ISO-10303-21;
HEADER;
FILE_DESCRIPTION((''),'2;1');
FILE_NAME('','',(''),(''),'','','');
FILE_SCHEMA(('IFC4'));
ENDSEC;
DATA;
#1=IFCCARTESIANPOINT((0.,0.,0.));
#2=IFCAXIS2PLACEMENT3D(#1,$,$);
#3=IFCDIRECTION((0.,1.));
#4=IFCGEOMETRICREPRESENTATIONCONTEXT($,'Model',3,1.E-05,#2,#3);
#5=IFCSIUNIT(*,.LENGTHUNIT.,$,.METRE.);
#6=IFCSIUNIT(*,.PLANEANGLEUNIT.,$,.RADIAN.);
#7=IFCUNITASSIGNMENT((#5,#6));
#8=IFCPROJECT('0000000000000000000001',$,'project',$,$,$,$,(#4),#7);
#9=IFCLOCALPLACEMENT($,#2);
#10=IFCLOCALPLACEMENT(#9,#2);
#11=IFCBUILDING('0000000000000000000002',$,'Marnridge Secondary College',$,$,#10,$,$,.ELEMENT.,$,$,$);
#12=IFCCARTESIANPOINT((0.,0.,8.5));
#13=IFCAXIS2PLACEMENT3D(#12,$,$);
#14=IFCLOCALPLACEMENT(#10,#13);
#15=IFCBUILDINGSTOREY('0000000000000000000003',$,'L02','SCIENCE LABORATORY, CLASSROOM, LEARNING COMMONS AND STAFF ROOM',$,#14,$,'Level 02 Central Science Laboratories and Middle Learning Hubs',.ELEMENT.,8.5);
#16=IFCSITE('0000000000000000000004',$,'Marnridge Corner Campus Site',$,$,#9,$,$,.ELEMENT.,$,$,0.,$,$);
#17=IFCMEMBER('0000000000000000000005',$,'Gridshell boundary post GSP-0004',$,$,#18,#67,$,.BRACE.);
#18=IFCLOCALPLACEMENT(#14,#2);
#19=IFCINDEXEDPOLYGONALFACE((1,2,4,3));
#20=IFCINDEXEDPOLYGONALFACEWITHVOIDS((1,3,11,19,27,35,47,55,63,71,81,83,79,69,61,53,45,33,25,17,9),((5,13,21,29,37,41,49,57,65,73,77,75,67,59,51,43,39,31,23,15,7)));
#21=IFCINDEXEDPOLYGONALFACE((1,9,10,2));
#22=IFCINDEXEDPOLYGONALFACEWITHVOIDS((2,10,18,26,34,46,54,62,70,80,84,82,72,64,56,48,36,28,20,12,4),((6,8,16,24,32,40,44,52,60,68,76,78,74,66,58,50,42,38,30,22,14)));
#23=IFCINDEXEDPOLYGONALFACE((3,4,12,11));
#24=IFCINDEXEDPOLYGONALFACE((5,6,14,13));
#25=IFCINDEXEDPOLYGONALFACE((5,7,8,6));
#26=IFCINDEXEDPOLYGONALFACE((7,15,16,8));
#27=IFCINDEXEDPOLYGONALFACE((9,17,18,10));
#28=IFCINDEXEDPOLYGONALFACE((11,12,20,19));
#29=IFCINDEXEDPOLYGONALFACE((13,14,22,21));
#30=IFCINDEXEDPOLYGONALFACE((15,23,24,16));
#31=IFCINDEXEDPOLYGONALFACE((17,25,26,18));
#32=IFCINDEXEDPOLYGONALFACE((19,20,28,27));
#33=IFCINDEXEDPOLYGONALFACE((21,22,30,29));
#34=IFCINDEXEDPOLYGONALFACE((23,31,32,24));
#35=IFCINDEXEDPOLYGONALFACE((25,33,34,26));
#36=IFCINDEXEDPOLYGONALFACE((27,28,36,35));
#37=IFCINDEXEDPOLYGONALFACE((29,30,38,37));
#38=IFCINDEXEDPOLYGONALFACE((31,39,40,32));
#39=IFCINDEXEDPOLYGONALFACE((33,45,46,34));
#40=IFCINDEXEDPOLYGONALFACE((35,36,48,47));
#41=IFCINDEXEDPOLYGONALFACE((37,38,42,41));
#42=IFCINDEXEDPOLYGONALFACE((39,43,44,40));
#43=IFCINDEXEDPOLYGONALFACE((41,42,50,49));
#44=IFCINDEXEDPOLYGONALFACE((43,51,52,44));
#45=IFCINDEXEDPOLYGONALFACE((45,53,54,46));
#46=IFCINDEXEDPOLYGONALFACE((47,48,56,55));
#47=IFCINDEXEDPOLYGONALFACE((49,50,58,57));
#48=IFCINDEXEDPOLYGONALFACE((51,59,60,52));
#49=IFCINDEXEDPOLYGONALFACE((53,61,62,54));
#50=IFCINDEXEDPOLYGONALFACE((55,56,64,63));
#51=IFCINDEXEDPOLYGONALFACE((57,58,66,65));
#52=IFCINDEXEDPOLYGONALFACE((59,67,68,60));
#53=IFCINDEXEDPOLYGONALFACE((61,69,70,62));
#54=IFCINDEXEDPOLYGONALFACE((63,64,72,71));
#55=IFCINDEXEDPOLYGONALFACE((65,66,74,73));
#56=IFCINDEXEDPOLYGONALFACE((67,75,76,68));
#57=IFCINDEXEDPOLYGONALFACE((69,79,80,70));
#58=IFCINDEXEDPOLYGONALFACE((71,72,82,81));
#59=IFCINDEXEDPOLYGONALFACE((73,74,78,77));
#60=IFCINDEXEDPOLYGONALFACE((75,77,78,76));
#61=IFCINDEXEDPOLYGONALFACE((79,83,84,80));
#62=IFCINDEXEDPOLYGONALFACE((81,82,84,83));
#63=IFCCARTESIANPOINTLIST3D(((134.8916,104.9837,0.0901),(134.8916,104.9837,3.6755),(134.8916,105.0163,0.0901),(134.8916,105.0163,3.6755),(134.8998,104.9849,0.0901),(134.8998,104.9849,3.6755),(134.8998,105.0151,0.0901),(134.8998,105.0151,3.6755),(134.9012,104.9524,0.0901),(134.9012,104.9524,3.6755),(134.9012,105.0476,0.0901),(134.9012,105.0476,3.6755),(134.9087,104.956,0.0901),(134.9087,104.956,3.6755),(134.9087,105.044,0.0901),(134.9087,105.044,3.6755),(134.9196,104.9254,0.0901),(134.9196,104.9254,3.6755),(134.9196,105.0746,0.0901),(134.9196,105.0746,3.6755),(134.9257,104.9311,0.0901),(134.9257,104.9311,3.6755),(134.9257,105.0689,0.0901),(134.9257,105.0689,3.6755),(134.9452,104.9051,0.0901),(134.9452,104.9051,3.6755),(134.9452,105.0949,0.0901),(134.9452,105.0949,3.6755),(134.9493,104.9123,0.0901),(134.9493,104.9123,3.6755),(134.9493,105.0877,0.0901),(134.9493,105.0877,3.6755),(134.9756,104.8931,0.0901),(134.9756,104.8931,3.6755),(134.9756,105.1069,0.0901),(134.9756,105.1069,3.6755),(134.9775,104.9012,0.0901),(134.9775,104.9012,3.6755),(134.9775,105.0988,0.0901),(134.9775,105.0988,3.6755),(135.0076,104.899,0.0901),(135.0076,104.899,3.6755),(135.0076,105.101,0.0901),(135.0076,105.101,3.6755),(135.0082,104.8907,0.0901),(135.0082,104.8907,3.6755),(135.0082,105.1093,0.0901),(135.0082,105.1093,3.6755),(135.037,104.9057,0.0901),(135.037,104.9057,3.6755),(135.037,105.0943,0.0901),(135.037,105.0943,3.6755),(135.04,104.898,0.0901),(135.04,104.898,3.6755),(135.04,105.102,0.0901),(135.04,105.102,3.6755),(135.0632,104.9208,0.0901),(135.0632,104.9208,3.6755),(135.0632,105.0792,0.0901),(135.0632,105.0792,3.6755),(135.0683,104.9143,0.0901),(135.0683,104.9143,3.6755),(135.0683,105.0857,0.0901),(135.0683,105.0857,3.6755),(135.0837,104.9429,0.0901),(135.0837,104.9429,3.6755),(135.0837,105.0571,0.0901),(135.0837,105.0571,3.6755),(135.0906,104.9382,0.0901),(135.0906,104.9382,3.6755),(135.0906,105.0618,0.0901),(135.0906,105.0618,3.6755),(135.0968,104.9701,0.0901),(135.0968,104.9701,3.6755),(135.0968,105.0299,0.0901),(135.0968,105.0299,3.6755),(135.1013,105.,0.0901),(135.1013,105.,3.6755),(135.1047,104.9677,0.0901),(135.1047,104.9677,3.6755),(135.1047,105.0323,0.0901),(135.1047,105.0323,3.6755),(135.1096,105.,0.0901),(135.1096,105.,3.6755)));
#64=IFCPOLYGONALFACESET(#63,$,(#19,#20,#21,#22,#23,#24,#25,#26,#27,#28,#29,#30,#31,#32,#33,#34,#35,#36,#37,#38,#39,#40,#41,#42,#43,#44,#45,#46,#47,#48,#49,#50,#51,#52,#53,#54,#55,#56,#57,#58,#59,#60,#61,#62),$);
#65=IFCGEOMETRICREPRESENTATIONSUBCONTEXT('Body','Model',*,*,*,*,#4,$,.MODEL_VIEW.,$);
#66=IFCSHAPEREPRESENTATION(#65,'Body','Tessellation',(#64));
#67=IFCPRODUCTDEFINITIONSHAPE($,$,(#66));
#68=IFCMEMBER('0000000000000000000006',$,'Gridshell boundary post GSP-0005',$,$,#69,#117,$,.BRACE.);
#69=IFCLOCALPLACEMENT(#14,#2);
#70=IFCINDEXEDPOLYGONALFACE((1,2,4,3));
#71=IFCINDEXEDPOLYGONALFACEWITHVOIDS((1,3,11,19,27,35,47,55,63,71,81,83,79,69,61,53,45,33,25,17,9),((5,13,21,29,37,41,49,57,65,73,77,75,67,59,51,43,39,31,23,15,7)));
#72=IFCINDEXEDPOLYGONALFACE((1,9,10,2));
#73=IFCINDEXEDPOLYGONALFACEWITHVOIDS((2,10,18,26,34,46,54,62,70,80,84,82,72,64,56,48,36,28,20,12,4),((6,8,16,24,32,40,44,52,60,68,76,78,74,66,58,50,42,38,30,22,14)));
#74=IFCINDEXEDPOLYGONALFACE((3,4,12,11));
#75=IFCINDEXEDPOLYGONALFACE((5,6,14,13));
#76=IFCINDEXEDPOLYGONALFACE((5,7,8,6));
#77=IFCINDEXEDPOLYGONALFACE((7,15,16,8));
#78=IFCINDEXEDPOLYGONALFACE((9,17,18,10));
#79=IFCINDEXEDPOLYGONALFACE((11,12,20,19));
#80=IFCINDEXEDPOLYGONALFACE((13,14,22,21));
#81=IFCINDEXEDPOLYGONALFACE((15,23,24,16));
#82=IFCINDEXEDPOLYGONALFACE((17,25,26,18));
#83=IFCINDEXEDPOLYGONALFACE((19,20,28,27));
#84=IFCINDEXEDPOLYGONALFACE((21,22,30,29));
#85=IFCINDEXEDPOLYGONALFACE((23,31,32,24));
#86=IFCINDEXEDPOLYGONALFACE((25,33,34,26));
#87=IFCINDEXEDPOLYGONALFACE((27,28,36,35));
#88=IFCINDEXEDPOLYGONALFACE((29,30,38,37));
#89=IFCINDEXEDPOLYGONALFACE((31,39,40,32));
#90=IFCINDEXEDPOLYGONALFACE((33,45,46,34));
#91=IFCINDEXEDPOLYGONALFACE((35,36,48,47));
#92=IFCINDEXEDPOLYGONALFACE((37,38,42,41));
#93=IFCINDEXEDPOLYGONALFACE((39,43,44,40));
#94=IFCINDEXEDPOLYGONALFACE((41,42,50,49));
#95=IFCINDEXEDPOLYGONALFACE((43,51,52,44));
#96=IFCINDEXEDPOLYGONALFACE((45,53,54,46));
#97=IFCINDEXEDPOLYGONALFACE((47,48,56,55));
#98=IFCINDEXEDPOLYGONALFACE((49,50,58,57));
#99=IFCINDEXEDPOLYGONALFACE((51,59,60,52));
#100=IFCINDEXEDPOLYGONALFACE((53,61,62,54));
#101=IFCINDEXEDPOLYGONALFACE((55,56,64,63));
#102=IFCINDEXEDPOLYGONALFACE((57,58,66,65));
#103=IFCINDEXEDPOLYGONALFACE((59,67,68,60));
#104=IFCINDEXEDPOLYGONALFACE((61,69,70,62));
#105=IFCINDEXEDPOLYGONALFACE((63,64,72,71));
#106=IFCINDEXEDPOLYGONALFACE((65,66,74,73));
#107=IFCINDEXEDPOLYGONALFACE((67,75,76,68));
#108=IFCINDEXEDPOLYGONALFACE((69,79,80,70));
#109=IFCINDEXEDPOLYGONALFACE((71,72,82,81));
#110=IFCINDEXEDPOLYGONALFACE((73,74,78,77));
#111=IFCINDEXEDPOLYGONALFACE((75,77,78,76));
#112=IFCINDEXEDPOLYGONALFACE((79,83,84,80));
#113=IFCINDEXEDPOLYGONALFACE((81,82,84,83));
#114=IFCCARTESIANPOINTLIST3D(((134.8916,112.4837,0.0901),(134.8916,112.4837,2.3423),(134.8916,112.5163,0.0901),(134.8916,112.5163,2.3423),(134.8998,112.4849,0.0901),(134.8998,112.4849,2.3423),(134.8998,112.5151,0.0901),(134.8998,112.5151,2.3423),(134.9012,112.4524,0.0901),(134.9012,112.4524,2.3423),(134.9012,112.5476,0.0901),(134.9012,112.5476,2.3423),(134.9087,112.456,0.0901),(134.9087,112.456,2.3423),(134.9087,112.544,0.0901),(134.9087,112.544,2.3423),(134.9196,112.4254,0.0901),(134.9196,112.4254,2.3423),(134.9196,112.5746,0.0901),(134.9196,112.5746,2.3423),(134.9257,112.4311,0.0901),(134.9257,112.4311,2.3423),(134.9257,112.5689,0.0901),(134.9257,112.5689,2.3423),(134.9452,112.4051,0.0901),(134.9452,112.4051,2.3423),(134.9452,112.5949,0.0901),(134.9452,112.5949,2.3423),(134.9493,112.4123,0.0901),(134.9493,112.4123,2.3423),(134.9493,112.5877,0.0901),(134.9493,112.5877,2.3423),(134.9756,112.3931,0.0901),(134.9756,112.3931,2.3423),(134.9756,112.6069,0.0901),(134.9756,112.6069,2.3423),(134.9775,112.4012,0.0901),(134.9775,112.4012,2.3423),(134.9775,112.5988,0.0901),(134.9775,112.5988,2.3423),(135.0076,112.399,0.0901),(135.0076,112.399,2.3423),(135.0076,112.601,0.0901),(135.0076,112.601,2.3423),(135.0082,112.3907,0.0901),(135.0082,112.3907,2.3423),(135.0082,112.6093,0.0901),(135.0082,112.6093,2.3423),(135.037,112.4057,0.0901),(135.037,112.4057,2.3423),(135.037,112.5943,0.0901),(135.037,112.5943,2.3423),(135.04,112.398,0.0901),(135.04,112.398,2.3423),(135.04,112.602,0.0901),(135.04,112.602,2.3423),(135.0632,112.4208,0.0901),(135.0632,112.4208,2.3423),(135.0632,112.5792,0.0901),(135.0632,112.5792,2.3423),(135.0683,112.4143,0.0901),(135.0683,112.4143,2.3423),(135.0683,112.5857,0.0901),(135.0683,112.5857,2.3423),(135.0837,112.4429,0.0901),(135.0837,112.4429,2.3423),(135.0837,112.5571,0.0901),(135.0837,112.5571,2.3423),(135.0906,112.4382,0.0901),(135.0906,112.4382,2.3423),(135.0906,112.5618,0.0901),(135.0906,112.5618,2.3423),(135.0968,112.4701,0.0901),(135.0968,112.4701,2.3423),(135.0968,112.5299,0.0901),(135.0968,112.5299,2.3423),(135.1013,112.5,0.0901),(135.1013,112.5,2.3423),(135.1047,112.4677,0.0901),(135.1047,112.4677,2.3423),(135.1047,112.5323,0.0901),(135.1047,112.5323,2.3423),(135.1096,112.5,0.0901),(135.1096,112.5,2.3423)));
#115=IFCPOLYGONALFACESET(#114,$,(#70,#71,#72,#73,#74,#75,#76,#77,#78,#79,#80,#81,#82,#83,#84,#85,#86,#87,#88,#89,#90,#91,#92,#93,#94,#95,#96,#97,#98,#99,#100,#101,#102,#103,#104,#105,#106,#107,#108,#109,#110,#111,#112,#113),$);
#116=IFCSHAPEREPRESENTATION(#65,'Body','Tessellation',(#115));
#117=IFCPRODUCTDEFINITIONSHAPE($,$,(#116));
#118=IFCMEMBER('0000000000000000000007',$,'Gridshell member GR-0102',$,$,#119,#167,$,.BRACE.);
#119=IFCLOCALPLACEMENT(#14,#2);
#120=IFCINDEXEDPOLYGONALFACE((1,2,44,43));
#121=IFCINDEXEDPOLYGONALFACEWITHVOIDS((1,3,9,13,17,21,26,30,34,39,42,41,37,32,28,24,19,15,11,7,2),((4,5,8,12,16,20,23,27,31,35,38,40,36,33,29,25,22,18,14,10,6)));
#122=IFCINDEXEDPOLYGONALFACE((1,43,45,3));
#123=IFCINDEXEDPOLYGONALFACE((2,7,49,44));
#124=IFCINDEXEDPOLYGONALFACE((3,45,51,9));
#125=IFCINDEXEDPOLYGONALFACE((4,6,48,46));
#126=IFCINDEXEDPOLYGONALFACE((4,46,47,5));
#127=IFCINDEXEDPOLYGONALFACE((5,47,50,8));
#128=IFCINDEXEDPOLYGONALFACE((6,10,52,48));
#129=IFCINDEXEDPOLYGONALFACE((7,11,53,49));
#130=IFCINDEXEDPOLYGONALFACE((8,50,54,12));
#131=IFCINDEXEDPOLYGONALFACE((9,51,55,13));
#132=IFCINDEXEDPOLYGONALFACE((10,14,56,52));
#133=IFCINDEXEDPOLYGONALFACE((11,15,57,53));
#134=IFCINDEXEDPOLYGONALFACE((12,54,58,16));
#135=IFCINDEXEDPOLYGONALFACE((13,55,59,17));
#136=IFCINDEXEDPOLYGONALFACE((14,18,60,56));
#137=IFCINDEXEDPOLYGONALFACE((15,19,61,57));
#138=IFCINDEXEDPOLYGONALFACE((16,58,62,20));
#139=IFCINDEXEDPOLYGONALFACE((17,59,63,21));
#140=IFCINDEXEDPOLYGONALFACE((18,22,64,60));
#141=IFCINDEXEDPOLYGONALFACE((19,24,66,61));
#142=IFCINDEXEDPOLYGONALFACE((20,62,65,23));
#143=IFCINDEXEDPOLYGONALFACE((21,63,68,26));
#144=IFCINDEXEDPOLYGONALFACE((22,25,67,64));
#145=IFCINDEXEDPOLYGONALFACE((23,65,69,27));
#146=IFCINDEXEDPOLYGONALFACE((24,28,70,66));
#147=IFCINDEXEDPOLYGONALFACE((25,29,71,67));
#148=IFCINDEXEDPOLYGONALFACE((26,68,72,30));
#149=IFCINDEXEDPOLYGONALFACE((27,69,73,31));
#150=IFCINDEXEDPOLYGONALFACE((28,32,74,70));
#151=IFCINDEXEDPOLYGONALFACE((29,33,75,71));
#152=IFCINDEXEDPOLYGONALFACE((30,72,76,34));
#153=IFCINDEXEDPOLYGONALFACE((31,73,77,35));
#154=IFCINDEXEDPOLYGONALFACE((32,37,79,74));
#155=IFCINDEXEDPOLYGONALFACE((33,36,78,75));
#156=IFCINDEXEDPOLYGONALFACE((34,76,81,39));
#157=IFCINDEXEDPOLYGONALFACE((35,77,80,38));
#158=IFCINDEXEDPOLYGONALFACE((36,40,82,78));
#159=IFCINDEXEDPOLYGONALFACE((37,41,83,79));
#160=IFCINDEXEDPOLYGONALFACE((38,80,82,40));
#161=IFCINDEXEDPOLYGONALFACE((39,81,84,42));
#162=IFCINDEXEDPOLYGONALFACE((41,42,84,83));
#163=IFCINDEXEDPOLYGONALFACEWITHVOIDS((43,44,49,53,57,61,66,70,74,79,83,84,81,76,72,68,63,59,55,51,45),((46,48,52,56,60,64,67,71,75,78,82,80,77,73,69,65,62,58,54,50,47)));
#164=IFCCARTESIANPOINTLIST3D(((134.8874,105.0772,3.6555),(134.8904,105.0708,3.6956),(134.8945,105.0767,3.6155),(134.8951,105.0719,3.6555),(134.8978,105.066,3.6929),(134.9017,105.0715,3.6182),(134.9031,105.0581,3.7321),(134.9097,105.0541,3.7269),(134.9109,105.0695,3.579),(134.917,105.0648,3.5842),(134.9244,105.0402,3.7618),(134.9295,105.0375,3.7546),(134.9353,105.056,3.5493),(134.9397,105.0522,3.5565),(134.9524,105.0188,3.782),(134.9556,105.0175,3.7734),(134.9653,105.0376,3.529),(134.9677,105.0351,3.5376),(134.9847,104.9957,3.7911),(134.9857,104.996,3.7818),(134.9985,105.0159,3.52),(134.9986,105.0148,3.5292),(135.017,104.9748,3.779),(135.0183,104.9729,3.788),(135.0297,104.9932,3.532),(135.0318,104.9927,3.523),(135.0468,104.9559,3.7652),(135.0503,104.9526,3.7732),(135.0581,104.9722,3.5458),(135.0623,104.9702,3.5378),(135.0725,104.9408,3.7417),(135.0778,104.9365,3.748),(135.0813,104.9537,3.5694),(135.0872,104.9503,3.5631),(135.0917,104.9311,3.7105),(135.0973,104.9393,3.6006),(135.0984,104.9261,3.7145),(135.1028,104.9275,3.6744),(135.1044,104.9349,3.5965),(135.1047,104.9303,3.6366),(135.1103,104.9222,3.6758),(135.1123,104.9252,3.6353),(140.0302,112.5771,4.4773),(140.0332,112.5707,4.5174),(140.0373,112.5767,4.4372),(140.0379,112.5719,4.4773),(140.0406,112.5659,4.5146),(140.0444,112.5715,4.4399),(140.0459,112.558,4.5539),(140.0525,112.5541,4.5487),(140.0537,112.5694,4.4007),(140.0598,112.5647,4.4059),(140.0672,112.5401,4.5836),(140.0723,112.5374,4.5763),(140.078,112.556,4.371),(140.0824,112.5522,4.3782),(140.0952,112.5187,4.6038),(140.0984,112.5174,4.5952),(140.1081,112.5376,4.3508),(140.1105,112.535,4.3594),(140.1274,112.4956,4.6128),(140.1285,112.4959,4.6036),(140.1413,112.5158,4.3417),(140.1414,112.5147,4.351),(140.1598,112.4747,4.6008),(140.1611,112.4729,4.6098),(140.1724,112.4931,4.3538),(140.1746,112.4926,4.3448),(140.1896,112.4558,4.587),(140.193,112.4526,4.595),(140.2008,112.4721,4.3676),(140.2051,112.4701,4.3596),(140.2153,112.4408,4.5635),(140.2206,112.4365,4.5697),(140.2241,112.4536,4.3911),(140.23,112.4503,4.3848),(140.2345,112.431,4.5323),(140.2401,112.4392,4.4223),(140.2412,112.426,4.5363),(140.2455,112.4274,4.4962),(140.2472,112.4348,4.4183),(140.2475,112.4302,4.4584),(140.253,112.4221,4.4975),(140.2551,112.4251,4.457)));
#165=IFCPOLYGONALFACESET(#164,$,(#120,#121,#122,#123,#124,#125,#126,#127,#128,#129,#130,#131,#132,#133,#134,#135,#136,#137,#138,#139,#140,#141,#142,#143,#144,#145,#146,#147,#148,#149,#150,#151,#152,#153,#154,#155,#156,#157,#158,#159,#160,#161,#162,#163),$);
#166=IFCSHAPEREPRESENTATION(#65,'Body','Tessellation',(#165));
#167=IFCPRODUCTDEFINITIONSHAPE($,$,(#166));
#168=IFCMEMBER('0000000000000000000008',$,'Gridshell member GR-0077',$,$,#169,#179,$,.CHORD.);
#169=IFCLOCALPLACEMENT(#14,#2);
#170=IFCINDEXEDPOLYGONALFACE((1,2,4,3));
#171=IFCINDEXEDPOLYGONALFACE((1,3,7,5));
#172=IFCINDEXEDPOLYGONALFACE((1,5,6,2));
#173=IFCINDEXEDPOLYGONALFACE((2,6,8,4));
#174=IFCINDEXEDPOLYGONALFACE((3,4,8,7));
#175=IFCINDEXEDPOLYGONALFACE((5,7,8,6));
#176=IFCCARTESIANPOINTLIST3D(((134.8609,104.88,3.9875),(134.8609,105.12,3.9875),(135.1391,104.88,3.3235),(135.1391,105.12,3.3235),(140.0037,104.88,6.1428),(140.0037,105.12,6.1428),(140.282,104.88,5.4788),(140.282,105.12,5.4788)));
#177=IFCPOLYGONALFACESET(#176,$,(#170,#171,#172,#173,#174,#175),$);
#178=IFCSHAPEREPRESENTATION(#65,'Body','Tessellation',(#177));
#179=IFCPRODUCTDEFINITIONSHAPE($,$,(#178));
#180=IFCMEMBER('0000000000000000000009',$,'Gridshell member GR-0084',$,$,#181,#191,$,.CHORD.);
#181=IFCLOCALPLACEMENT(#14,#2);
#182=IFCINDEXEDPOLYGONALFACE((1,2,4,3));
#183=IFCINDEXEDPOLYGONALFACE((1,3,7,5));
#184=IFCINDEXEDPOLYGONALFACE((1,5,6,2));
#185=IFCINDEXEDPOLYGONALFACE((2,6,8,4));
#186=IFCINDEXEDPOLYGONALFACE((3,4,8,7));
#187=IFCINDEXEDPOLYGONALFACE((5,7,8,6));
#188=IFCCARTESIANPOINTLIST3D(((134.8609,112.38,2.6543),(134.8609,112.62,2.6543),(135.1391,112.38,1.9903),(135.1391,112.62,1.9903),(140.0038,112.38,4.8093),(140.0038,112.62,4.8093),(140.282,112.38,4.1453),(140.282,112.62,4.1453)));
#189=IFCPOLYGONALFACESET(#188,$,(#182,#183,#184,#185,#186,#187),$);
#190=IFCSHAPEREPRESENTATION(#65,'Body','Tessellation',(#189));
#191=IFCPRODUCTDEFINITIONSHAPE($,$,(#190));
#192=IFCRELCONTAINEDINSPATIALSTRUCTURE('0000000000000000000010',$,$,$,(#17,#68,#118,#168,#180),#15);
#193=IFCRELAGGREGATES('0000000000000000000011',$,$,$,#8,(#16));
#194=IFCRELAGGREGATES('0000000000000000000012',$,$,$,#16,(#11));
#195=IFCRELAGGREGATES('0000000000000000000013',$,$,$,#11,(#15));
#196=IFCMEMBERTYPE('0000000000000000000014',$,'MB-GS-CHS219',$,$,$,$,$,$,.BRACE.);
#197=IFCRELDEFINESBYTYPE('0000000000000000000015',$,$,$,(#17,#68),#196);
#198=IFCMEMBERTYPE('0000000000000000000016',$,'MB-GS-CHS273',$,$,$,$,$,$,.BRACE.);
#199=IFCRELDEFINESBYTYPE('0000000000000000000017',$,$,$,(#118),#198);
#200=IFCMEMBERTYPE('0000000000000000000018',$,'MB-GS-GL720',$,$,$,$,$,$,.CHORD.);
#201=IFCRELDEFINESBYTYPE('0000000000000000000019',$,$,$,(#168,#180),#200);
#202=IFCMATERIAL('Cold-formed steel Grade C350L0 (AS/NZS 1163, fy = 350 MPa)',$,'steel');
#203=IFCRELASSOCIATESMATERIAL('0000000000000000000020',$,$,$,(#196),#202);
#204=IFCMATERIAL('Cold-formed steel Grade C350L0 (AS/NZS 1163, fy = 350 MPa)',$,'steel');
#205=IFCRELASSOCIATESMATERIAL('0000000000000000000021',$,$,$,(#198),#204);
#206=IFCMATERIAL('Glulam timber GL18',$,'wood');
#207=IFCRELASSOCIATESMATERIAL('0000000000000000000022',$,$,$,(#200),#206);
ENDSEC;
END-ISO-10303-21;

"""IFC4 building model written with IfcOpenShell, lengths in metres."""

from ifc_helpers import new_model, si_unit, direction, frame, origin, origin_2d, place, context, subcontext, project, spatial, rectangle, hollow_circle, extrude, material, material_profile, profile_set, type_object, element, save


model = new_model("IFC4")

# Units and contexts
model_context = context("Model", 3, precision=1e-05, world=origin(), true_north=direction((0.0, 1.0)))
body_context = subcontext(model_context, "Body", "Model", "MODEL_VIEW")
ifc_project = project(units=[si_unit("LENGTHUNIT", "METRE"), si_unit("PLANEANGLEUNIT", "RADIAN")], contexts=[model_context])

# Site, building, storey
site_placement = place(None, origin())
site = spatial("IfcSite", under=ifc_project, at=site_placement, Name="Marnridge Corner Campus Site", CompositionType="ELEMENT", RefElevation=0.0)
building_placement = place(site_placement, origin())
building = spatial("IfcBuilding", under=site, at=building_placement, Name="Marnridge Secondary College", CompositionType="ELEMENT")
storey_placement = place(building_placement, frame((0.0, 0.0, 8.5)))
storey = spatial("IfcBuildingStorey", under=building, at=storey_placement, Name="L02", Description="SCIENCE LABORATORY, CLASSROOM, LEARNING COMMONS AND STAFF ROOM", LongName="Level 02 Central Science Laboratories and Middle Learning Hubs", CompositionType="ELEMENT", Elevation=8.5)

# Members
ifc_material_1 = material(Name="Cold-formed steel Grade C350L0 (AS/NZS 1163, fy = 350 MPa)", Category="steel")
ifc_material_profile_1 = material_profile(ifc_material_1, hollow_circle(Radius=0.1096, WallThickness=0.0083, at=origin_2d()), Name="219.1x8.2CHS")
ifc_profile_set_1 = profile_set([ifc_material_profile_1], Name="Cold-formed steel Grade C350L0 (AS/NZS 1163, fy = 350 MPa)")
member_type_1 = type_object("IfcMemberType", Name="MB-GS-CHS219", PredefinedType="BRACE", material=ifc_profile_set_1)
member_1_placement = place(storey_placement, frame((135.0, 105.0, 0.0901), z_axis=(0.0, 0.0, 1.0), x_axis=(1.0, 0.0, 0.0)))
element("IfcMember", 1, at=member_1_placement, inside=storey, type_object=member_type_1, Name="Gridshell boundary post GSP-0004", PredefinedType="BRACE", context=body_context, shape_type="SweptSolid", body=[
    extrude(hollow_circle(Radius=0.1096, WallThickness=0.0083, at=origin_2d()), origin(), (0.0, 0.0, 1.0), 3.5854),
])
member_2_placement = place(storey_placement, frame((135.0, 112.5, 0.0901), z_axis=(0.0, 0.0, 1.0), x_axis=(1.0, 0.0, 0.0)))
element("IfcMember", 2, at=member_2_placement, inside=storey, type_object=member_type_1, Name="Gridshell boundary post GSP-0005", PredefinedType="BRACE", context=body_context, shape_type="SweptSolid", body=[
    extrude(hollow_circle(Radius=0.1096, WallThickness=0.0083, at=origin_2d()), origin(), (0.0, 0.0, 1.0), 2.2522),
])
ifc_material_2 = material(Name="Cold-formed steel Grade C350L0 (AS/NZS 1163, fy = 350 MPa)", Category="steel")
ifc_material_profile_2 = material_profile(ifc_material_2, hollow_circle(Radius=0.1365, WallThickness=0.0093, at=origin_2d()), Name="273.1x9.3CHS")
ifc_profile_set_2 = profile_set([ifc_material_profile_2], Name="Cold-formed steel Grade C350L0 (AS/NZS 1163, fy = 350 MPa)")
member_type_2 = type_object("IfcMemberType", Name="MB-GS-CHS273", PredefinedType="BRACE", material=ifc_profile_set_2)
member_3_placement = place(storey_placement, frame((135.0, 105.0, 3.6555), z_axis=(0.563231, 0.821384, 0.089999), x_axis=(-0.824731, 0.565526, 0.0)))
element("IfcMember", 3, at=member_3_placement, inside=storey, type_object=member_type_2, Name="Gridshell member GR-0102", PredefinedType="BRACE", context=body_context, shape_type="SweptSolid", body=[
    extrude(hollow_circle(Radius=0.1365, WallThickness=0.0093, at=origin_2d()), origin(), (0.0, 0.0, 1.0), 9.1309),
])
ifc_material_3 = material(Name="Glulam timber GL18", Category="wood")
ifc_material_profile_3 = material_profile(ifc_material_3, rectangle(XDim=0.24, YDim=0.72, at=origin_2d()), Name="GL18 240x720")
ifc_profile_set_3 = profile_set([ifc_material_profile_3], Name="Glulam timber GL18")
member_type_3 = type_object("IfcMemberType", Name="MB-GS-GL720", PredefinedType="CHORD", material=ifc_profile_set_3)
for number, where, z_axis, x_axis, name in (
    (4, (135.0, 105.0, 3.6555), (0.922284, 0.0, 0.386514), (0.0, 1.0, 0.0), "Gridshell member GR-0077"),
    (5, (135.0, 112.5, 2.3223), (0.922299, 0.0, 0.386477), (0.0, 1.0, 0.0), "Gridshell member GR-0084"),
):
    element("IfcMember", number, at=place(storey_placement, frame(where, z_axis=z_axis, x_axis=x_axis)), inside=storey, type_object=member_type_3, Name=name, PredefinedType="CHORD", context=body_context, shape_type="SweptSolid", body=[
        extrude(rectangle(XDim=0.24, YDim=0.72, at=origin_2d()), origin(), (0.0, 0.0, 1.0), 5.5762),
    ])

save(model, "model.ifc")
